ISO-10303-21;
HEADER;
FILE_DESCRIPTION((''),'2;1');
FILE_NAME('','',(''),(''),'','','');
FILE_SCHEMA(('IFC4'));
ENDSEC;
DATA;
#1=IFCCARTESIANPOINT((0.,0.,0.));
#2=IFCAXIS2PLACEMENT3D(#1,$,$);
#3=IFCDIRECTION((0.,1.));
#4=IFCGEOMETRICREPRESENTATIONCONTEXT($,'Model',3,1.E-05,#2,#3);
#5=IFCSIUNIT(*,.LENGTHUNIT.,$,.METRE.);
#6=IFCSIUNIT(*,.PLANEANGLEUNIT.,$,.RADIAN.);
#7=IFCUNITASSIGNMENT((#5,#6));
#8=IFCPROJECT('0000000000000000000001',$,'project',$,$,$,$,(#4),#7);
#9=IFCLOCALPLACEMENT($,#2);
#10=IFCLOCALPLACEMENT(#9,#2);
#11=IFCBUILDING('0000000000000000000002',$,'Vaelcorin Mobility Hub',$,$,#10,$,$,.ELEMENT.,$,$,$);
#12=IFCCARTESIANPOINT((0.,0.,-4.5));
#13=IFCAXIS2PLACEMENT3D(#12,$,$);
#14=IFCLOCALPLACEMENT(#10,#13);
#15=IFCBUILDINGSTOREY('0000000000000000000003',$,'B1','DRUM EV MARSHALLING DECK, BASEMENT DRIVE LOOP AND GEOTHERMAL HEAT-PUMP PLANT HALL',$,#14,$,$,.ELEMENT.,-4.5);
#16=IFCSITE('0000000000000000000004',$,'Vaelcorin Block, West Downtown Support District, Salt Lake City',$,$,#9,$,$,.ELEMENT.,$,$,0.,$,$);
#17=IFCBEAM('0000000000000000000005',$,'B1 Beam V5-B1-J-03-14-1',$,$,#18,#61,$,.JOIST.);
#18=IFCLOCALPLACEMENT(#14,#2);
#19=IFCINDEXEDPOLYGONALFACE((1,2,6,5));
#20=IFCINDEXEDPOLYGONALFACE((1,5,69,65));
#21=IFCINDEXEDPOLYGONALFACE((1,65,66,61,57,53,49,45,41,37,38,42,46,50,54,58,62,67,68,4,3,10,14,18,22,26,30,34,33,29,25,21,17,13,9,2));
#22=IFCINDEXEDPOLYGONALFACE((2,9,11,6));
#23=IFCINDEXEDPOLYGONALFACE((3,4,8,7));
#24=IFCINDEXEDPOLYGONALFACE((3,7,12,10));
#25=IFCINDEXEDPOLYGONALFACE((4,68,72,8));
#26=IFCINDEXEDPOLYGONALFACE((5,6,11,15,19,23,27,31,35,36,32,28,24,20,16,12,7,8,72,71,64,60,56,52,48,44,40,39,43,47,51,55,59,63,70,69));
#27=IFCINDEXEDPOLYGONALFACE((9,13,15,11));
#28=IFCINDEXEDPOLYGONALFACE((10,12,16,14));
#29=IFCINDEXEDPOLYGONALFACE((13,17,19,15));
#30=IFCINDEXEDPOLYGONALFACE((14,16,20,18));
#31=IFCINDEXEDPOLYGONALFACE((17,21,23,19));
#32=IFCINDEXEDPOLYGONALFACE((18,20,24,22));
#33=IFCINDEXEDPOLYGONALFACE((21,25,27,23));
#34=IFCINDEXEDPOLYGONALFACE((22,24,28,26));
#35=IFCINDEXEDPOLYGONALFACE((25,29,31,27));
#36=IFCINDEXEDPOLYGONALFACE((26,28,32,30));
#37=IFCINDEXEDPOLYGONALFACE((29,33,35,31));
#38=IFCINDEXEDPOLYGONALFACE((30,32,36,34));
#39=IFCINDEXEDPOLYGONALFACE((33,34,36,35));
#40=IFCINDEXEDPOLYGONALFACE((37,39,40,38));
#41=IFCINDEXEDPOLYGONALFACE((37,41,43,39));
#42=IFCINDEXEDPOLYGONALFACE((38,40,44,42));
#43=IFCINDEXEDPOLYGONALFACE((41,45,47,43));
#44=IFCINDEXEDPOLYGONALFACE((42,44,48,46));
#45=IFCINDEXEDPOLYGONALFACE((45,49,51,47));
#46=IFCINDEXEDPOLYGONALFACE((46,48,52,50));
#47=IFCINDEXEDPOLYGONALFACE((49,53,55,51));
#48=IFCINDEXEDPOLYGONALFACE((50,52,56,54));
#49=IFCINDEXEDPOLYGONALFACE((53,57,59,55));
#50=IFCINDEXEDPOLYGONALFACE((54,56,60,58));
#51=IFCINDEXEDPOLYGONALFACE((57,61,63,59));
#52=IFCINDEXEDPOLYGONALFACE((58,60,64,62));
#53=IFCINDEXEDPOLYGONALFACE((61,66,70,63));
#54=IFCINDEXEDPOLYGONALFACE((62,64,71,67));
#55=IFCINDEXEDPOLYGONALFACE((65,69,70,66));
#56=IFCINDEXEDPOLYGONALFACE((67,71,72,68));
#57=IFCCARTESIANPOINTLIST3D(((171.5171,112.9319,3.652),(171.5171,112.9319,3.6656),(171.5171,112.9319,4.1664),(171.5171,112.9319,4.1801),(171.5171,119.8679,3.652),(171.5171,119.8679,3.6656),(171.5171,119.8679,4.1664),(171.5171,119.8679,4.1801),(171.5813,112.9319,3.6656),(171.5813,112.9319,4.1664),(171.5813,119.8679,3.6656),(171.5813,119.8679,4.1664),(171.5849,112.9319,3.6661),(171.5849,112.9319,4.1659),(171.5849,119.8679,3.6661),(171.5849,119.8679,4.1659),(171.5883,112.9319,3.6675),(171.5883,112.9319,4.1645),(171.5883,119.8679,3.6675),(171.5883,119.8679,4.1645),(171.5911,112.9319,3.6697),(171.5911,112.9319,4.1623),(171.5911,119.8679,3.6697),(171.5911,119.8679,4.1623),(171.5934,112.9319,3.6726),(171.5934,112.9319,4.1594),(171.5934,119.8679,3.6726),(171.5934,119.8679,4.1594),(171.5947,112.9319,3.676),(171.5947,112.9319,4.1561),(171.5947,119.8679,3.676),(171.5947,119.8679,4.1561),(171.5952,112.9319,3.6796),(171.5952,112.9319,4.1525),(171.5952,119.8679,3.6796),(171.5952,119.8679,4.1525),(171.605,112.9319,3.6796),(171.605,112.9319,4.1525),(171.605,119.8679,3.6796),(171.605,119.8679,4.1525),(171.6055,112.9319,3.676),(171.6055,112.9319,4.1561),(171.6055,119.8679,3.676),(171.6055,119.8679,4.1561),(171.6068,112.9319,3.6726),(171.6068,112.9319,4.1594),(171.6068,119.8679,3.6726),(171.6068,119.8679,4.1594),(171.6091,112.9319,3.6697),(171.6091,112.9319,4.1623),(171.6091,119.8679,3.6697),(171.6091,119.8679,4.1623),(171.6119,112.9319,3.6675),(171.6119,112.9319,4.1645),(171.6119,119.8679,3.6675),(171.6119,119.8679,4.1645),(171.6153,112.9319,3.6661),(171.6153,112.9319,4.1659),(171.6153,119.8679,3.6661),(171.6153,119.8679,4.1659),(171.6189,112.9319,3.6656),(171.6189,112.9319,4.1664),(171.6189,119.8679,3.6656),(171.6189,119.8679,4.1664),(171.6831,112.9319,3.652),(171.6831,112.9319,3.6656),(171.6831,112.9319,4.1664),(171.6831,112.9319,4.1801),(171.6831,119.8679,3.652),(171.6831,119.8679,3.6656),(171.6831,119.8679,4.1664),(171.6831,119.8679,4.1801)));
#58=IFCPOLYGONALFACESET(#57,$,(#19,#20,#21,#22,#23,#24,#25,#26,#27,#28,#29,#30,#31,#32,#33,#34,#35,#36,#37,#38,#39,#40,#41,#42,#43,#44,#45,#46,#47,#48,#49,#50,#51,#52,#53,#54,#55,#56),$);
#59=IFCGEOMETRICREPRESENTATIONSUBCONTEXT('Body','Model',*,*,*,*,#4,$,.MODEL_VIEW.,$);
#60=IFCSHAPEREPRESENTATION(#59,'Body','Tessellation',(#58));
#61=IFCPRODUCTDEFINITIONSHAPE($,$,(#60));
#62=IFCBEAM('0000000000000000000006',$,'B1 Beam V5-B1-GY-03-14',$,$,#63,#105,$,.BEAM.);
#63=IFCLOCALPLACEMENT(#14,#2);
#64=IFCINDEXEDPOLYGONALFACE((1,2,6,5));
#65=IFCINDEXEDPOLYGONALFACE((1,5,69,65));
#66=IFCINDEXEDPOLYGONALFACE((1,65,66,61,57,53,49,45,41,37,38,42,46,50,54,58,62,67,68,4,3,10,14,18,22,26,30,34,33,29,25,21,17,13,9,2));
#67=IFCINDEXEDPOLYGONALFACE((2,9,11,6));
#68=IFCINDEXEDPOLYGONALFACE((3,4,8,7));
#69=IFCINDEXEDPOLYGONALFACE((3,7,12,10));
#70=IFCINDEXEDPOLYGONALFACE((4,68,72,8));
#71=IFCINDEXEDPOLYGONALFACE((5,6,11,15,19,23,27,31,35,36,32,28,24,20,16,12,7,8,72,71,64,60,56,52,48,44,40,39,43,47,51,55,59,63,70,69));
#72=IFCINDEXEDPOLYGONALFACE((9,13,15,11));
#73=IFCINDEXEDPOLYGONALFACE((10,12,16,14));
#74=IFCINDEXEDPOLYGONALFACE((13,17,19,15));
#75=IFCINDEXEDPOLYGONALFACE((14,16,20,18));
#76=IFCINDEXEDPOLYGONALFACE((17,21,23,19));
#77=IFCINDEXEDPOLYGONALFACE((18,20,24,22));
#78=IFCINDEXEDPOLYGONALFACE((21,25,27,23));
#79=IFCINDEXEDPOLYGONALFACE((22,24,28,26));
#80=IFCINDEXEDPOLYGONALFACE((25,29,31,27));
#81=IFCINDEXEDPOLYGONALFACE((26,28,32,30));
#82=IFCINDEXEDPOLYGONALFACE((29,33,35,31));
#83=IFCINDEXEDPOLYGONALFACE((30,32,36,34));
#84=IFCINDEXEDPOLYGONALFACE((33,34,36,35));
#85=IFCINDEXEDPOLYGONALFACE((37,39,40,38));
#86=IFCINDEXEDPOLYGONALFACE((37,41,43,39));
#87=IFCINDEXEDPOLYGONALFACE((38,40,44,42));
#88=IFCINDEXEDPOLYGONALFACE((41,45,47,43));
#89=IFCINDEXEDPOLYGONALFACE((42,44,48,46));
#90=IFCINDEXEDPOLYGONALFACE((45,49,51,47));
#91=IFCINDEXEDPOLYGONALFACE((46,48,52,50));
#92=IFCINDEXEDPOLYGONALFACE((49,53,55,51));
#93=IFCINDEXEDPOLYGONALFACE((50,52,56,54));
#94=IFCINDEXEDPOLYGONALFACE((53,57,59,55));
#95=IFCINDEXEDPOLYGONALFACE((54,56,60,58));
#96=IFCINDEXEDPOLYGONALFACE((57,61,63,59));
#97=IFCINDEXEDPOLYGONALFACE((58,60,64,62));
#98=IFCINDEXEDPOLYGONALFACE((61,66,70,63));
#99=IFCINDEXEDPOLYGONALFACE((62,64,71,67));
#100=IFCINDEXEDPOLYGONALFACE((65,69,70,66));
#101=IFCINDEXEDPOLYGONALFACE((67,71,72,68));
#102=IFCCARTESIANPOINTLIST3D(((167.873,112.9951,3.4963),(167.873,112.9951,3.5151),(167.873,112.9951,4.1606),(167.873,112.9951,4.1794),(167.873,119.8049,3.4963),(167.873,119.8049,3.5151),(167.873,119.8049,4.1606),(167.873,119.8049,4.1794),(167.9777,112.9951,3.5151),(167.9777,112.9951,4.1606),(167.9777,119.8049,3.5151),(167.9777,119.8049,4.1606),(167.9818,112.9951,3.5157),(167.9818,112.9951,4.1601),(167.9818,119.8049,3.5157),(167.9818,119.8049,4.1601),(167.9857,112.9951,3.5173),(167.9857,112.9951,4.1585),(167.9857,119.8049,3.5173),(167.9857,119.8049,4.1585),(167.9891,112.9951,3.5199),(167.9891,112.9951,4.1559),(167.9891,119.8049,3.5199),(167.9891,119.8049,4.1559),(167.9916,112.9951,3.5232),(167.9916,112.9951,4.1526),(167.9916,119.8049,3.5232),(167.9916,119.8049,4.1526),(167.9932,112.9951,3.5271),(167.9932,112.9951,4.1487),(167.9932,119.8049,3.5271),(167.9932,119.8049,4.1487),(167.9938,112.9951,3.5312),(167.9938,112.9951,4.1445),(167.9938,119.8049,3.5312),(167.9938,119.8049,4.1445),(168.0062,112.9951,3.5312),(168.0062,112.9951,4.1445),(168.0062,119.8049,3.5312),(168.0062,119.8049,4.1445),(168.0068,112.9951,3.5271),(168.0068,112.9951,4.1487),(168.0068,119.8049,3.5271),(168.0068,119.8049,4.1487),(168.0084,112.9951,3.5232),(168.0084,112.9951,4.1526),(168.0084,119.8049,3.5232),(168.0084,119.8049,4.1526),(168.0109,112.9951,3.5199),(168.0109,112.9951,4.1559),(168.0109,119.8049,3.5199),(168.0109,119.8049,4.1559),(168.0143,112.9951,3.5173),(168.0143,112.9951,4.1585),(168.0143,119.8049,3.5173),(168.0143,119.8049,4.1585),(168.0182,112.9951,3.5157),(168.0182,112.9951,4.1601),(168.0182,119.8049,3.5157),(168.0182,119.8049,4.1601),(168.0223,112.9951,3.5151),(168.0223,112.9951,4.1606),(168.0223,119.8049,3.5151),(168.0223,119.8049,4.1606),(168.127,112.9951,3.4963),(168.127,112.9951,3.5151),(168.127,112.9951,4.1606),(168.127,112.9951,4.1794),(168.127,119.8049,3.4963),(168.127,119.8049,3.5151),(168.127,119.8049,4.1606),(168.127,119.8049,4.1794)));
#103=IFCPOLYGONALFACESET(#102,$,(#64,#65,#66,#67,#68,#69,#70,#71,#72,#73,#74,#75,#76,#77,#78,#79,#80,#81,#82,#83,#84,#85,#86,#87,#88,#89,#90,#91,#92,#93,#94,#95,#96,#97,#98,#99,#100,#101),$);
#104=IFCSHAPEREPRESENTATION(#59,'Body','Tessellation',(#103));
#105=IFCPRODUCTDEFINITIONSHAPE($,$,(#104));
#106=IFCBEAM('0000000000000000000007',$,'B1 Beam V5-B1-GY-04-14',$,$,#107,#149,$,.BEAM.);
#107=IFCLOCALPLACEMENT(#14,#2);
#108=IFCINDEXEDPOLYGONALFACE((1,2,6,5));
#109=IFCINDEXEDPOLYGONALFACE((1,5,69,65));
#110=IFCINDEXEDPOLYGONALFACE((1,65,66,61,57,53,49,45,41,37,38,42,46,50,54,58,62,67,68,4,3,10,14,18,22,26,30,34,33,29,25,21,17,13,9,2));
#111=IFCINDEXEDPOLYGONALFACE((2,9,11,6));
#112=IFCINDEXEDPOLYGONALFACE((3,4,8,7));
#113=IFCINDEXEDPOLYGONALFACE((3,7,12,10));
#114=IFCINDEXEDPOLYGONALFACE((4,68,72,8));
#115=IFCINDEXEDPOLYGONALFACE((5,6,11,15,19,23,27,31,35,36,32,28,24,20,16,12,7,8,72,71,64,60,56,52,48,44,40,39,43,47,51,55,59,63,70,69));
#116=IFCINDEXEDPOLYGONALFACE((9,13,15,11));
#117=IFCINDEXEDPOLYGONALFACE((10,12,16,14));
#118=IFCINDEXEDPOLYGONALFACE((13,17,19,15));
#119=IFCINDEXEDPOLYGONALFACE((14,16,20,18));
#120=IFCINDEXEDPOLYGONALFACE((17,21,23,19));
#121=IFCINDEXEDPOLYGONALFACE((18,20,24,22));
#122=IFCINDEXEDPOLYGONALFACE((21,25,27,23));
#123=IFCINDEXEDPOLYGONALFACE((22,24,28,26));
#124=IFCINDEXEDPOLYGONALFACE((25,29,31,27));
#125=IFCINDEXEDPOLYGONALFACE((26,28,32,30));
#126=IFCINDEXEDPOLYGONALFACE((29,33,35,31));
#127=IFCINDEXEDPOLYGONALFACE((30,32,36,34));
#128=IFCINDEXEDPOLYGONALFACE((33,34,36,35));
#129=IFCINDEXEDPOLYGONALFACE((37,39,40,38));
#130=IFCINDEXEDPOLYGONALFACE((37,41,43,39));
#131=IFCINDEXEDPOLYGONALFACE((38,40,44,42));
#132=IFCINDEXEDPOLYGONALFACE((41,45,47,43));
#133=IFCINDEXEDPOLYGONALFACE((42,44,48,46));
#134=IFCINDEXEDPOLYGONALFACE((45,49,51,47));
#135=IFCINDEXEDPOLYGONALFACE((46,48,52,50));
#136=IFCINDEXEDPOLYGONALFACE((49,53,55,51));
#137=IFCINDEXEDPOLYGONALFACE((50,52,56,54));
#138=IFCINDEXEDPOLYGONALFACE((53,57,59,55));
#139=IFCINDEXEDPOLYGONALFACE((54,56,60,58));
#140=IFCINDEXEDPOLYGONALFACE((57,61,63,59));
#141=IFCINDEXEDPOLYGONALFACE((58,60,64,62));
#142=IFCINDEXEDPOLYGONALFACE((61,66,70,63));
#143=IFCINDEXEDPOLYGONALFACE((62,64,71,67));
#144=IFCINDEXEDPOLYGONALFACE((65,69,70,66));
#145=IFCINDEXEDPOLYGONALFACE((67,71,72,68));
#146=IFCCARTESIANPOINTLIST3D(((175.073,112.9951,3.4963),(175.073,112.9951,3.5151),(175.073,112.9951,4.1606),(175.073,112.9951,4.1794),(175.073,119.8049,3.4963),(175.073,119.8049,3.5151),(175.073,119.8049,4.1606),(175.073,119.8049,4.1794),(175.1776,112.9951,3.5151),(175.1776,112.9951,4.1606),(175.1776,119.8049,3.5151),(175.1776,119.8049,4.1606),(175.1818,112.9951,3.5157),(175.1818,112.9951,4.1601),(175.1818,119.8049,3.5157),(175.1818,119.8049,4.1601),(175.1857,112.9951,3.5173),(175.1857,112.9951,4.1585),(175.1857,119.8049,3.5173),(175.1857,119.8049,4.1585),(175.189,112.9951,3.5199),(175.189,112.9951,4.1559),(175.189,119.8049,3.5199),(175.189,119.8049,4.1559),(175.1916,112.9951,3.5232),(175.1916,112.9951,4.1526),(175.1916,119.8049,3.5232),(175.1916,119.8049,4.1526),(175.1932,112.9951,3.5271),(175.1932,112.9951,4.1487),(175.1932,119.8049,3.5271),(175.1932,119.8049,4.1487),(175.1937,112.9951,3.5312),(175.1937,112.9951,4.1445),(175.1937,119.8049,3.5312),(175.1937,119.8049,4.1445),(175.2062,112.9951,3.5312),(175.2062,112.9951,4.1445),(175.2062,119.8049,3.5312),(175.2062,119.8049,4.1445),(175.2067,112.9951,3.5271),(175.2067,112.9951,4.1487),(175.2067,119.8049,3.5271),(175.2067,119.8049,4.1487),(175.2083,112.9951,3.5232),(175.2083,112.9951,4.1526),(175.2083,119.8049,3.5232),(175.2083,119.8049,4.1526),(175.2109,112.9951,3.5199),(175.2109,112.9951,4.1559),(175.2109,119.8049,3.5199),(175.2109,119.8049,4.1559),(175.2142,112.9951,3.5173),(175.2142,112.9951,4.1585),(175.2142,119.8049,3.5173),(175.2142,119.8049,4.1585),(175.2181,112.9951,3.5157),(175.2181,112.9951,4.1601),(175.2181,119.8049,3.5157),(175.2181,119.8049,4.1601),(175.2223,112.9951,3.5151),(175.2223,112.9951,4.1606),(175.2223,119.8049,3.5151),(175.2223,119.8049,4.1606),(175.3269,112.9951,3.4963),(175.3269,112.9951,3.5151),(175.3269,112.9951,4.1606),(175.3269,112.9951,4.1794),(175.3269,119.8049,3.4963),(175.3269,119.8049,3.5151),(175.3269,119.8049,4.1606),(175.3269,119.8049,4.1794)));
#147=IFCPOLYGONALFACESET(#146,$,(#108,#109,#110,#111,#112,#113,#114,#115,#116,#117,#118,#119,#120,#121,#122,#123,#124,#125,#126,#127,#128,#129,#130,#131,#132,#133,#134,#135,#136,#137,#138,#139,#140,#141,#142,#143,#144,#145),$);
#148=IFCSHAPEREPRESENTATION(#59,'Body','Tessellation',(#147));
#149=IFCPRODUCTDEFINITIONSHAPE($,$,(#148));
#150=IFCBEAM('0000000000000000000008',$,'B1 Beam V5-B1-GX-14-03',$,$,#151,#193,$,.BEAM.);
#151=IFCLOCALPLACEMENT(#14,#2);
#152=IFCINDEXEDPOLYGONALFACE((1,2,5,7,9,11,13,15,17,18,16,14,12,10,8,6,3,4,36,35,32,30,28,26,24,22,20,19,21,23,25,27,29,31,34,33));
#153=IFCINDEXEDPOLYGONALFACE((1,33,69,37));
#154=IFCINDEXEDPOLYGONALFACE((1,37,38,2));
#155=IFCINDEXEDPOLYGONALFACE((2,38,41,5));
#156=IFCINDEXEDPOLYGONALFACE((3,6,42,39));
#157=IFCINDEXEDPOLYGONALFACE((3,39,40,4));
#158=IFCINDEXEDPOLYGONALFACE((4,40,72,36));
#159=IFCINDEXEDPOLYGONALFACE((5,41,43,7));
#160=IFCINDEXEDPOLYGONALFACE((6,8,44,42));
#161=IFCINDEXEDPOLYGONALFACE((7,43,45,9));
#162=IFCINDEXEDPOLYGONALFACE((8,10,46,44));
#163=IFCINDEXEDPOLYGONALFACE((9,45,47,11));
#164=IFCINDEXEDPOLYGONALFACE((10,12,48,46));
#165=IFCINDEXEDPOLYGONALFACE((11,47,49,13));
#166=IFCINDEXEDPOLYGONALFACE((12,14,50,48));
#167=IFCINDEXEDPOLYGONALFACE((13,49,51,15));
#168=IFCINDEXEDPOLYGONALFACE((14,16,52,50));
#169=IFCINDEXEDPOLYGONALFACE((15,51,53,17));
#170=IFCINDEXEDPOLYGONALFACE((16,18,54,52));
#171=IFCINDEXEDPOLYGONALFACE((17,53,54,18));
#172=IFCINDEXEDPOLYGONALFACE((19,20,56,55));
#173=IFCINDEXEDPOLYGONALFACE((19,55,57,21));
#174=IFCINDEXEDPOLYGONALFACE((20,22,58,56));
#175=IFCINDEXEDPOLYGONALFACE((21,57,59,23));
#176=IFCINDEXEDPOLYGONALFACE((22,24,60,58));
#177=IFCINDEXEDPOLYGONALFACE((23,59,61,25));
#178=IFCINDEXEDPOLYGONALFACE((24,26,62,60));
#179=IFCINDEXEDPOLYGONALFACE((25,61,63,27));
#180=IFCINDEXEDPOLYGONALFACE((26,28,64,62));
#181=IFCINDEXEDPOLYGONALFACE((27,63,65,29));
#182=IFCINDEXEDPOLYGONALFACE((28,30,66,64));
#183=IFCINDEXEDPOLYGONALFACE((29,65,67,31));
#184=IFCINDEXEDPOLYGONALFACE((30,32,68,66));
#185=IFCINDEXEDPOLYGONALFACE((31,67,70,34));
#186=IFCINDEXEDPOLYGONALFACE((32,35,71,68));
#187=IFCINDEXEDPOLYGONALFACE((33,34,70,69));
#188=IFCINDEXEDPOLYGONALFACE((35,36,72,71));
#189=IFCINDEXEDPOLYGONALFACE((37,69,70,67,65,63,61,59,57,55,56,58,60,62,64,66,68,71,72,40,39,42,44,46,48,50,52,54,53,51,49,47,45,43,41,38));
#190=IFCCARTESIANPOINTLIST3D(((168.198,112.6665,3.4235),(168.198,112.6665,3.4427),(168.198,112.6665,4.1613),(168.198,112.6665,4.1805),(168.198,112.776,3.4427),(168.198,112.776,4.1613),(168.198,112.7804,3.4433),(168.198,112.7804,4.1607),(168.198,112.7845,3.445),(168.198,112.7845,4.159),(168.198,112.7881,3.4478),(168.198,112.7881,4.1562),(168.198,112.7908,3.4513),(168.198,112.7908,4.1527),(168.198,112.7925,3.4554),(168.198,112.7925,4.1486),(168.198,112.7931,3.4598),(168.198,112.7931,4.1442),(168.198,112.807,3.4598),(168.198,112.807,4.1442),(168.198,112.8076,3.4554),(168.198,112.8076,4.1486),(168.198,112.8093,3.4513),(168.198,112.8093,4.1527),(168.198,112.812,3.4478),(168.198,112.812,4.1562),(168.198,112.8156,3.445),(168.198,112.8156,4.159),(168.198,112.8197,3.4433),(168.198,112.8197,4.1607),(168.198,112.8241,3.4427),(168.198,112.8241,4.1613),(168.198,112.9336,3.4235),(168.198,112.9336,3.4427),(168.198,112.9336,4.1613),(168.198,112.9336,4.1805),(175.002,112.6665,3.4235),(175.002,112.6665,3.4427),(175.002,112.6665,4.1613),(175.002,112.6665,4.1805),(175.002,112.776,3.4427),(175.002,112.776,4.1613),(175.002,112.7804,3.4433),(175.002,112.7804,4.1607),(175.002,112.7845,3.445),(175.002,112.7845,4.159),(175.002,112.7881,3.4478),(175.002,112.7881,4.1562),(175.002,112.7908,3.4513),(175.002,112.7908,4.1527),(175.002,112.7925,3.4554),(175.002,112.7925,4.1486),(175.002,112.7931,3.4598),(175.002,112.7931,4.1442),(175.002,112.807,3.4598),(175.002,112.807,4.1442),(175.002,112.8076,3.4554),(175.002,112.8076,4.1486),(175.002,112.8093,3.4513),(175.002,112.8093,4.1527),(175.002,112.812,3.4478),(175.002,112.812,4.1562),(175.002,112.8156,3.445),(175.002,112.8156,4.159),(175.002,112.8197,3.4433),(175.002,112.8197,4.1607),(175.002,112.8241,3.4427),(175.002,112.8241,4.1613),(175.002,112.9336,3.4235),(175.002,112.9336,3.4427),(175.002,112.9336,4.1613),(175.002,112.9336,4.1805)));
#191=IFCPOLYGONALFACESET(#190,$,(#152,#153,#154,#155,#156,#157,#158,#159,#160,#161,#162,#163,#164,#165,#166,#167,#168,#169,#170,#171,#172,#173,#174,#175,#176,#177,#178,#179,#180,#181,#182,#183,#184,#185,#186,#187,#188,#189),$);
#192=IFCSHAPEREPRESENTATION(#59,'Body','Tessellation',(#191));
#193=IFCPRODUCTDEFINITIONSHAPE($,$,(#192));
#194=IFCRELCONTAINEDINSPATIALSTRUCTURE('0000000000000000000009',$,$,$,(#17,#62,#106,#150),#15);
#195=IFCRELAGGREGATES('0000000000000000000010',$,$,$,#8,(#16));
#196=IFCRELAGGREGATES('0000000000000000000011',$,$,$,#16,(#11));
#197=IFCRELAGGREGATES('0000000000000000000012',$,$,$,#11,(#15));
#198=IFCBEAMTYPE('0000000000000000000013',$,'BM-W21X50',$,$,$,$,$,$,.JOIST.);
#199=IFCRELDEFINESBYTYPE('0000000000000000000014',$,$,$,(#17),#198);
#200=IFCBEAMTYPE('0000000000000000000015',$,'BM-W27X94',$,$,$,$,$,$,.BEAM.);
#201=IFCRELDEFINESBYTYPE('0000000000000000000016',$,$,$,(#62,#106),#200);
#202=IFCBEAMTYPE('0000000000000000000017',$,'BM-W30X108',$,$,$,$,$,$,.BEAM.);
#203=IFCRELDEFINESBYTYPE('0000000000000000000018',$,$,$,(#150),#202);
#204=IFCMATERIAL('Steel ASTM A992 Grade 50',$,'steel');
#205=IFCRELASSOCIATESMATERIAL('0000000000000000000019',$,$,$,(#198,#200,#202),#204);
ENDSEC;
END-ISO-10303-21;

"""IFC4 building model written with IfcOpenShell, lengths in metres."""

from ifc_helpers import new_model, si_unit, direction, frame, origin, origin_2d, place, context, subcontext, project, spatial, i_section, extrude, material, material_profile, profile_set, type_object, element, save


model = new_model("IFC4")

# Units and contexts
model_context = context("Model", 3, precision=1e-05, world=origin(), true_north=direction((0.0, 1.0)))
body_context = subcontext(model_context, "Body", "Model", "MODEL_VIEW")
ifc_project = project(units=[si_unit("LENGTHUNIT", "METRE"), si_unit("PLANEANGLEUNIT", "RADIAN")], contexts=[model_context])

# Site, building, storey
site_placement = place(None, origin())
site = spatial("IfcSite", under=ifc_project, at=site_placement, Name="Vaelcorin Block, West Downtown Support District, Salt Lake City", CompositionType="ELEMENT", RefElevation=0.0)
building_placement = place(site_placement, origin())
building = spatial("IfcBuilding", under=site, at=building_placement, Name="Vaelcorin Mobility Hub", CompositionType="ELEMENT")
storey_placement = place(building_placement, frame((0.0, 0.0, -4.5)))
storey = spatial("IfcBuildingStorey", under=building, at=storey_placement, Name="B1", Description="DRUM EV MARSHALLING DECK, BASEMENT DRIVE LOOP AND GEOTHERMAL HEAT-PUMP PLANT HALL", CompositionType="ELEMENT", Elevation=-4.5)

# Shared definitions
ifc_material_1 = material(Name="Steel ASTM A992 Grade 50", Category="steel")

# Beams
ifc_material_profile_1 = material_profile(ifc_material_1, i_section(OverallWidth=0.166, OverallDepth=0.5281, WebThickness=0.0098, FlangeThickness=0.0137, FilletRadius=0.0139, at=origin_2d()), Name="W21X50")
ifc_profile_set_1 = profile_set([ifc_material_profile_1], Name="Steel ASTM A992 Grade 50")
beam_type_1 = type_object("IfcBeamType", Name="BM-W21X50", PredefinedType="JOIST", material=ifc_profile_set_1)
for number, where, z_axis, x_axis, name in (
    (1, (171.6001, 112.9319, 3.916), (0.0, 1.0, 0.0), (-1.0, 0.0, 0.0), "B1 Beam V5-B1-J-03-14-1"),
):
    element("IfcBeam", number, at=place(storey_placement, frame(where, z_axis=z_axis, x_axis=x_axis)), inside=storey, type_object=beam_type_1, Name=name, PredefinedType="JOIST", context=body_context, shape_type="SweptSolid", body=[
        extrude(i_section(OverallWidth=0.166, OverallDepth=0.5281, WebThickness=0.0098, FlangeThickness=0.0137, FilletRadius=0.0139, at=origin_2d()), origin(), (0.0, 0.0, 1.0), 6.936),
    ])
ifc_material_profile_2 = material_profile(ifc_material_1, i_section(OverallWidth=0.2539, OverallDepth=0.6831, WebThickness=0.0125, FlangeThickness=0.0188, FilletRadius=0.0161, at=origin_2d()), Name="W27X94")
ifc_profile_set_2 = profile_set([ifc_material_profile_2], Name="Steel ASTM A992 Grade 50")
beam_type_2 = type_object("IfcBeamType", Name="BM-W27X94", PredefinedType="BEAM", material=ifc_profile_set_2)
for number, where, z_axis, x_axis, name in (
    (2, (168.0, 112.9951, 3.8379), (0.0, 1.0, 0.0), (-1.0, 0.0, 0.0), "B1 Beam V5-B1-GY-03-14"),
    (3, (175.2, 112.9951, 3.8379), (0.0, 1.0, 0.0), (-1.0, 0.0, 0.0), "B1 Beam V5-B1-GY-04-14"),
):
    element("IfcBeam", number, at=place(storey_placement, frame(where, z_axis=z_axis, x_axis=x_axis)), inside=storey, type_object=beam_type_2, Name=name, PredefinedType="BEAM", context=body_context, shape_type="SweptSolid", body=[
        extrude(i_section(OverallWidth=0.2539, OverallDepth=0.6831, WebThickness=0.0125, FlangeThickness=0.0188, FilletRadius=0.0161, at=origin_2d()), origin(), (0.0, 0.0, 1.0), 6.8098),
    ])
ifc_material_profile_3 = material_profile(ifc_material_1, i_section(OverallWidth=0.2671, OverallDepth=0.7571, WebThickness=0.0139, FlangeThickness=0.0193, FilletRadius=0.0171, at=origin_2d()), Name="W30X108")
ifc_profile_set_3 = profile_set([ifc_material_profile_3], Name="Steel ASTM A992 Grade 50")
beam_type_3 = type_object("IfcBeamType", Name="BM-W30X108", PredefinedType="BEAM", material=ifc_profile_set_3)
beam_1_placement = place(storey_placement, frame((168.198, 112.8, 3.802), z_axis=(1.0, 0.0, 0.0), x_axis=(0.0, 1.0, 0.0)))
element("IfcBeam", 4, at=beam_1_placement, inside=storey, type_object=beam_type_3, Name="B1 Beam V5-B1-GX-14-03", PredefinedType="BEAM", context=body_context, shape_type="SweptSolid", body=[
    extrude(i_section(OverallWidth=0.2671, OverallDepth=0.7571, WebThickness=0.0139, FlangeThickness=0.0193, FilletRadius=0.0171, at=origin_2d()), origin(), (0.0, 0.0, 1.0), 6.804),
])

save(model, "model.ifc")
